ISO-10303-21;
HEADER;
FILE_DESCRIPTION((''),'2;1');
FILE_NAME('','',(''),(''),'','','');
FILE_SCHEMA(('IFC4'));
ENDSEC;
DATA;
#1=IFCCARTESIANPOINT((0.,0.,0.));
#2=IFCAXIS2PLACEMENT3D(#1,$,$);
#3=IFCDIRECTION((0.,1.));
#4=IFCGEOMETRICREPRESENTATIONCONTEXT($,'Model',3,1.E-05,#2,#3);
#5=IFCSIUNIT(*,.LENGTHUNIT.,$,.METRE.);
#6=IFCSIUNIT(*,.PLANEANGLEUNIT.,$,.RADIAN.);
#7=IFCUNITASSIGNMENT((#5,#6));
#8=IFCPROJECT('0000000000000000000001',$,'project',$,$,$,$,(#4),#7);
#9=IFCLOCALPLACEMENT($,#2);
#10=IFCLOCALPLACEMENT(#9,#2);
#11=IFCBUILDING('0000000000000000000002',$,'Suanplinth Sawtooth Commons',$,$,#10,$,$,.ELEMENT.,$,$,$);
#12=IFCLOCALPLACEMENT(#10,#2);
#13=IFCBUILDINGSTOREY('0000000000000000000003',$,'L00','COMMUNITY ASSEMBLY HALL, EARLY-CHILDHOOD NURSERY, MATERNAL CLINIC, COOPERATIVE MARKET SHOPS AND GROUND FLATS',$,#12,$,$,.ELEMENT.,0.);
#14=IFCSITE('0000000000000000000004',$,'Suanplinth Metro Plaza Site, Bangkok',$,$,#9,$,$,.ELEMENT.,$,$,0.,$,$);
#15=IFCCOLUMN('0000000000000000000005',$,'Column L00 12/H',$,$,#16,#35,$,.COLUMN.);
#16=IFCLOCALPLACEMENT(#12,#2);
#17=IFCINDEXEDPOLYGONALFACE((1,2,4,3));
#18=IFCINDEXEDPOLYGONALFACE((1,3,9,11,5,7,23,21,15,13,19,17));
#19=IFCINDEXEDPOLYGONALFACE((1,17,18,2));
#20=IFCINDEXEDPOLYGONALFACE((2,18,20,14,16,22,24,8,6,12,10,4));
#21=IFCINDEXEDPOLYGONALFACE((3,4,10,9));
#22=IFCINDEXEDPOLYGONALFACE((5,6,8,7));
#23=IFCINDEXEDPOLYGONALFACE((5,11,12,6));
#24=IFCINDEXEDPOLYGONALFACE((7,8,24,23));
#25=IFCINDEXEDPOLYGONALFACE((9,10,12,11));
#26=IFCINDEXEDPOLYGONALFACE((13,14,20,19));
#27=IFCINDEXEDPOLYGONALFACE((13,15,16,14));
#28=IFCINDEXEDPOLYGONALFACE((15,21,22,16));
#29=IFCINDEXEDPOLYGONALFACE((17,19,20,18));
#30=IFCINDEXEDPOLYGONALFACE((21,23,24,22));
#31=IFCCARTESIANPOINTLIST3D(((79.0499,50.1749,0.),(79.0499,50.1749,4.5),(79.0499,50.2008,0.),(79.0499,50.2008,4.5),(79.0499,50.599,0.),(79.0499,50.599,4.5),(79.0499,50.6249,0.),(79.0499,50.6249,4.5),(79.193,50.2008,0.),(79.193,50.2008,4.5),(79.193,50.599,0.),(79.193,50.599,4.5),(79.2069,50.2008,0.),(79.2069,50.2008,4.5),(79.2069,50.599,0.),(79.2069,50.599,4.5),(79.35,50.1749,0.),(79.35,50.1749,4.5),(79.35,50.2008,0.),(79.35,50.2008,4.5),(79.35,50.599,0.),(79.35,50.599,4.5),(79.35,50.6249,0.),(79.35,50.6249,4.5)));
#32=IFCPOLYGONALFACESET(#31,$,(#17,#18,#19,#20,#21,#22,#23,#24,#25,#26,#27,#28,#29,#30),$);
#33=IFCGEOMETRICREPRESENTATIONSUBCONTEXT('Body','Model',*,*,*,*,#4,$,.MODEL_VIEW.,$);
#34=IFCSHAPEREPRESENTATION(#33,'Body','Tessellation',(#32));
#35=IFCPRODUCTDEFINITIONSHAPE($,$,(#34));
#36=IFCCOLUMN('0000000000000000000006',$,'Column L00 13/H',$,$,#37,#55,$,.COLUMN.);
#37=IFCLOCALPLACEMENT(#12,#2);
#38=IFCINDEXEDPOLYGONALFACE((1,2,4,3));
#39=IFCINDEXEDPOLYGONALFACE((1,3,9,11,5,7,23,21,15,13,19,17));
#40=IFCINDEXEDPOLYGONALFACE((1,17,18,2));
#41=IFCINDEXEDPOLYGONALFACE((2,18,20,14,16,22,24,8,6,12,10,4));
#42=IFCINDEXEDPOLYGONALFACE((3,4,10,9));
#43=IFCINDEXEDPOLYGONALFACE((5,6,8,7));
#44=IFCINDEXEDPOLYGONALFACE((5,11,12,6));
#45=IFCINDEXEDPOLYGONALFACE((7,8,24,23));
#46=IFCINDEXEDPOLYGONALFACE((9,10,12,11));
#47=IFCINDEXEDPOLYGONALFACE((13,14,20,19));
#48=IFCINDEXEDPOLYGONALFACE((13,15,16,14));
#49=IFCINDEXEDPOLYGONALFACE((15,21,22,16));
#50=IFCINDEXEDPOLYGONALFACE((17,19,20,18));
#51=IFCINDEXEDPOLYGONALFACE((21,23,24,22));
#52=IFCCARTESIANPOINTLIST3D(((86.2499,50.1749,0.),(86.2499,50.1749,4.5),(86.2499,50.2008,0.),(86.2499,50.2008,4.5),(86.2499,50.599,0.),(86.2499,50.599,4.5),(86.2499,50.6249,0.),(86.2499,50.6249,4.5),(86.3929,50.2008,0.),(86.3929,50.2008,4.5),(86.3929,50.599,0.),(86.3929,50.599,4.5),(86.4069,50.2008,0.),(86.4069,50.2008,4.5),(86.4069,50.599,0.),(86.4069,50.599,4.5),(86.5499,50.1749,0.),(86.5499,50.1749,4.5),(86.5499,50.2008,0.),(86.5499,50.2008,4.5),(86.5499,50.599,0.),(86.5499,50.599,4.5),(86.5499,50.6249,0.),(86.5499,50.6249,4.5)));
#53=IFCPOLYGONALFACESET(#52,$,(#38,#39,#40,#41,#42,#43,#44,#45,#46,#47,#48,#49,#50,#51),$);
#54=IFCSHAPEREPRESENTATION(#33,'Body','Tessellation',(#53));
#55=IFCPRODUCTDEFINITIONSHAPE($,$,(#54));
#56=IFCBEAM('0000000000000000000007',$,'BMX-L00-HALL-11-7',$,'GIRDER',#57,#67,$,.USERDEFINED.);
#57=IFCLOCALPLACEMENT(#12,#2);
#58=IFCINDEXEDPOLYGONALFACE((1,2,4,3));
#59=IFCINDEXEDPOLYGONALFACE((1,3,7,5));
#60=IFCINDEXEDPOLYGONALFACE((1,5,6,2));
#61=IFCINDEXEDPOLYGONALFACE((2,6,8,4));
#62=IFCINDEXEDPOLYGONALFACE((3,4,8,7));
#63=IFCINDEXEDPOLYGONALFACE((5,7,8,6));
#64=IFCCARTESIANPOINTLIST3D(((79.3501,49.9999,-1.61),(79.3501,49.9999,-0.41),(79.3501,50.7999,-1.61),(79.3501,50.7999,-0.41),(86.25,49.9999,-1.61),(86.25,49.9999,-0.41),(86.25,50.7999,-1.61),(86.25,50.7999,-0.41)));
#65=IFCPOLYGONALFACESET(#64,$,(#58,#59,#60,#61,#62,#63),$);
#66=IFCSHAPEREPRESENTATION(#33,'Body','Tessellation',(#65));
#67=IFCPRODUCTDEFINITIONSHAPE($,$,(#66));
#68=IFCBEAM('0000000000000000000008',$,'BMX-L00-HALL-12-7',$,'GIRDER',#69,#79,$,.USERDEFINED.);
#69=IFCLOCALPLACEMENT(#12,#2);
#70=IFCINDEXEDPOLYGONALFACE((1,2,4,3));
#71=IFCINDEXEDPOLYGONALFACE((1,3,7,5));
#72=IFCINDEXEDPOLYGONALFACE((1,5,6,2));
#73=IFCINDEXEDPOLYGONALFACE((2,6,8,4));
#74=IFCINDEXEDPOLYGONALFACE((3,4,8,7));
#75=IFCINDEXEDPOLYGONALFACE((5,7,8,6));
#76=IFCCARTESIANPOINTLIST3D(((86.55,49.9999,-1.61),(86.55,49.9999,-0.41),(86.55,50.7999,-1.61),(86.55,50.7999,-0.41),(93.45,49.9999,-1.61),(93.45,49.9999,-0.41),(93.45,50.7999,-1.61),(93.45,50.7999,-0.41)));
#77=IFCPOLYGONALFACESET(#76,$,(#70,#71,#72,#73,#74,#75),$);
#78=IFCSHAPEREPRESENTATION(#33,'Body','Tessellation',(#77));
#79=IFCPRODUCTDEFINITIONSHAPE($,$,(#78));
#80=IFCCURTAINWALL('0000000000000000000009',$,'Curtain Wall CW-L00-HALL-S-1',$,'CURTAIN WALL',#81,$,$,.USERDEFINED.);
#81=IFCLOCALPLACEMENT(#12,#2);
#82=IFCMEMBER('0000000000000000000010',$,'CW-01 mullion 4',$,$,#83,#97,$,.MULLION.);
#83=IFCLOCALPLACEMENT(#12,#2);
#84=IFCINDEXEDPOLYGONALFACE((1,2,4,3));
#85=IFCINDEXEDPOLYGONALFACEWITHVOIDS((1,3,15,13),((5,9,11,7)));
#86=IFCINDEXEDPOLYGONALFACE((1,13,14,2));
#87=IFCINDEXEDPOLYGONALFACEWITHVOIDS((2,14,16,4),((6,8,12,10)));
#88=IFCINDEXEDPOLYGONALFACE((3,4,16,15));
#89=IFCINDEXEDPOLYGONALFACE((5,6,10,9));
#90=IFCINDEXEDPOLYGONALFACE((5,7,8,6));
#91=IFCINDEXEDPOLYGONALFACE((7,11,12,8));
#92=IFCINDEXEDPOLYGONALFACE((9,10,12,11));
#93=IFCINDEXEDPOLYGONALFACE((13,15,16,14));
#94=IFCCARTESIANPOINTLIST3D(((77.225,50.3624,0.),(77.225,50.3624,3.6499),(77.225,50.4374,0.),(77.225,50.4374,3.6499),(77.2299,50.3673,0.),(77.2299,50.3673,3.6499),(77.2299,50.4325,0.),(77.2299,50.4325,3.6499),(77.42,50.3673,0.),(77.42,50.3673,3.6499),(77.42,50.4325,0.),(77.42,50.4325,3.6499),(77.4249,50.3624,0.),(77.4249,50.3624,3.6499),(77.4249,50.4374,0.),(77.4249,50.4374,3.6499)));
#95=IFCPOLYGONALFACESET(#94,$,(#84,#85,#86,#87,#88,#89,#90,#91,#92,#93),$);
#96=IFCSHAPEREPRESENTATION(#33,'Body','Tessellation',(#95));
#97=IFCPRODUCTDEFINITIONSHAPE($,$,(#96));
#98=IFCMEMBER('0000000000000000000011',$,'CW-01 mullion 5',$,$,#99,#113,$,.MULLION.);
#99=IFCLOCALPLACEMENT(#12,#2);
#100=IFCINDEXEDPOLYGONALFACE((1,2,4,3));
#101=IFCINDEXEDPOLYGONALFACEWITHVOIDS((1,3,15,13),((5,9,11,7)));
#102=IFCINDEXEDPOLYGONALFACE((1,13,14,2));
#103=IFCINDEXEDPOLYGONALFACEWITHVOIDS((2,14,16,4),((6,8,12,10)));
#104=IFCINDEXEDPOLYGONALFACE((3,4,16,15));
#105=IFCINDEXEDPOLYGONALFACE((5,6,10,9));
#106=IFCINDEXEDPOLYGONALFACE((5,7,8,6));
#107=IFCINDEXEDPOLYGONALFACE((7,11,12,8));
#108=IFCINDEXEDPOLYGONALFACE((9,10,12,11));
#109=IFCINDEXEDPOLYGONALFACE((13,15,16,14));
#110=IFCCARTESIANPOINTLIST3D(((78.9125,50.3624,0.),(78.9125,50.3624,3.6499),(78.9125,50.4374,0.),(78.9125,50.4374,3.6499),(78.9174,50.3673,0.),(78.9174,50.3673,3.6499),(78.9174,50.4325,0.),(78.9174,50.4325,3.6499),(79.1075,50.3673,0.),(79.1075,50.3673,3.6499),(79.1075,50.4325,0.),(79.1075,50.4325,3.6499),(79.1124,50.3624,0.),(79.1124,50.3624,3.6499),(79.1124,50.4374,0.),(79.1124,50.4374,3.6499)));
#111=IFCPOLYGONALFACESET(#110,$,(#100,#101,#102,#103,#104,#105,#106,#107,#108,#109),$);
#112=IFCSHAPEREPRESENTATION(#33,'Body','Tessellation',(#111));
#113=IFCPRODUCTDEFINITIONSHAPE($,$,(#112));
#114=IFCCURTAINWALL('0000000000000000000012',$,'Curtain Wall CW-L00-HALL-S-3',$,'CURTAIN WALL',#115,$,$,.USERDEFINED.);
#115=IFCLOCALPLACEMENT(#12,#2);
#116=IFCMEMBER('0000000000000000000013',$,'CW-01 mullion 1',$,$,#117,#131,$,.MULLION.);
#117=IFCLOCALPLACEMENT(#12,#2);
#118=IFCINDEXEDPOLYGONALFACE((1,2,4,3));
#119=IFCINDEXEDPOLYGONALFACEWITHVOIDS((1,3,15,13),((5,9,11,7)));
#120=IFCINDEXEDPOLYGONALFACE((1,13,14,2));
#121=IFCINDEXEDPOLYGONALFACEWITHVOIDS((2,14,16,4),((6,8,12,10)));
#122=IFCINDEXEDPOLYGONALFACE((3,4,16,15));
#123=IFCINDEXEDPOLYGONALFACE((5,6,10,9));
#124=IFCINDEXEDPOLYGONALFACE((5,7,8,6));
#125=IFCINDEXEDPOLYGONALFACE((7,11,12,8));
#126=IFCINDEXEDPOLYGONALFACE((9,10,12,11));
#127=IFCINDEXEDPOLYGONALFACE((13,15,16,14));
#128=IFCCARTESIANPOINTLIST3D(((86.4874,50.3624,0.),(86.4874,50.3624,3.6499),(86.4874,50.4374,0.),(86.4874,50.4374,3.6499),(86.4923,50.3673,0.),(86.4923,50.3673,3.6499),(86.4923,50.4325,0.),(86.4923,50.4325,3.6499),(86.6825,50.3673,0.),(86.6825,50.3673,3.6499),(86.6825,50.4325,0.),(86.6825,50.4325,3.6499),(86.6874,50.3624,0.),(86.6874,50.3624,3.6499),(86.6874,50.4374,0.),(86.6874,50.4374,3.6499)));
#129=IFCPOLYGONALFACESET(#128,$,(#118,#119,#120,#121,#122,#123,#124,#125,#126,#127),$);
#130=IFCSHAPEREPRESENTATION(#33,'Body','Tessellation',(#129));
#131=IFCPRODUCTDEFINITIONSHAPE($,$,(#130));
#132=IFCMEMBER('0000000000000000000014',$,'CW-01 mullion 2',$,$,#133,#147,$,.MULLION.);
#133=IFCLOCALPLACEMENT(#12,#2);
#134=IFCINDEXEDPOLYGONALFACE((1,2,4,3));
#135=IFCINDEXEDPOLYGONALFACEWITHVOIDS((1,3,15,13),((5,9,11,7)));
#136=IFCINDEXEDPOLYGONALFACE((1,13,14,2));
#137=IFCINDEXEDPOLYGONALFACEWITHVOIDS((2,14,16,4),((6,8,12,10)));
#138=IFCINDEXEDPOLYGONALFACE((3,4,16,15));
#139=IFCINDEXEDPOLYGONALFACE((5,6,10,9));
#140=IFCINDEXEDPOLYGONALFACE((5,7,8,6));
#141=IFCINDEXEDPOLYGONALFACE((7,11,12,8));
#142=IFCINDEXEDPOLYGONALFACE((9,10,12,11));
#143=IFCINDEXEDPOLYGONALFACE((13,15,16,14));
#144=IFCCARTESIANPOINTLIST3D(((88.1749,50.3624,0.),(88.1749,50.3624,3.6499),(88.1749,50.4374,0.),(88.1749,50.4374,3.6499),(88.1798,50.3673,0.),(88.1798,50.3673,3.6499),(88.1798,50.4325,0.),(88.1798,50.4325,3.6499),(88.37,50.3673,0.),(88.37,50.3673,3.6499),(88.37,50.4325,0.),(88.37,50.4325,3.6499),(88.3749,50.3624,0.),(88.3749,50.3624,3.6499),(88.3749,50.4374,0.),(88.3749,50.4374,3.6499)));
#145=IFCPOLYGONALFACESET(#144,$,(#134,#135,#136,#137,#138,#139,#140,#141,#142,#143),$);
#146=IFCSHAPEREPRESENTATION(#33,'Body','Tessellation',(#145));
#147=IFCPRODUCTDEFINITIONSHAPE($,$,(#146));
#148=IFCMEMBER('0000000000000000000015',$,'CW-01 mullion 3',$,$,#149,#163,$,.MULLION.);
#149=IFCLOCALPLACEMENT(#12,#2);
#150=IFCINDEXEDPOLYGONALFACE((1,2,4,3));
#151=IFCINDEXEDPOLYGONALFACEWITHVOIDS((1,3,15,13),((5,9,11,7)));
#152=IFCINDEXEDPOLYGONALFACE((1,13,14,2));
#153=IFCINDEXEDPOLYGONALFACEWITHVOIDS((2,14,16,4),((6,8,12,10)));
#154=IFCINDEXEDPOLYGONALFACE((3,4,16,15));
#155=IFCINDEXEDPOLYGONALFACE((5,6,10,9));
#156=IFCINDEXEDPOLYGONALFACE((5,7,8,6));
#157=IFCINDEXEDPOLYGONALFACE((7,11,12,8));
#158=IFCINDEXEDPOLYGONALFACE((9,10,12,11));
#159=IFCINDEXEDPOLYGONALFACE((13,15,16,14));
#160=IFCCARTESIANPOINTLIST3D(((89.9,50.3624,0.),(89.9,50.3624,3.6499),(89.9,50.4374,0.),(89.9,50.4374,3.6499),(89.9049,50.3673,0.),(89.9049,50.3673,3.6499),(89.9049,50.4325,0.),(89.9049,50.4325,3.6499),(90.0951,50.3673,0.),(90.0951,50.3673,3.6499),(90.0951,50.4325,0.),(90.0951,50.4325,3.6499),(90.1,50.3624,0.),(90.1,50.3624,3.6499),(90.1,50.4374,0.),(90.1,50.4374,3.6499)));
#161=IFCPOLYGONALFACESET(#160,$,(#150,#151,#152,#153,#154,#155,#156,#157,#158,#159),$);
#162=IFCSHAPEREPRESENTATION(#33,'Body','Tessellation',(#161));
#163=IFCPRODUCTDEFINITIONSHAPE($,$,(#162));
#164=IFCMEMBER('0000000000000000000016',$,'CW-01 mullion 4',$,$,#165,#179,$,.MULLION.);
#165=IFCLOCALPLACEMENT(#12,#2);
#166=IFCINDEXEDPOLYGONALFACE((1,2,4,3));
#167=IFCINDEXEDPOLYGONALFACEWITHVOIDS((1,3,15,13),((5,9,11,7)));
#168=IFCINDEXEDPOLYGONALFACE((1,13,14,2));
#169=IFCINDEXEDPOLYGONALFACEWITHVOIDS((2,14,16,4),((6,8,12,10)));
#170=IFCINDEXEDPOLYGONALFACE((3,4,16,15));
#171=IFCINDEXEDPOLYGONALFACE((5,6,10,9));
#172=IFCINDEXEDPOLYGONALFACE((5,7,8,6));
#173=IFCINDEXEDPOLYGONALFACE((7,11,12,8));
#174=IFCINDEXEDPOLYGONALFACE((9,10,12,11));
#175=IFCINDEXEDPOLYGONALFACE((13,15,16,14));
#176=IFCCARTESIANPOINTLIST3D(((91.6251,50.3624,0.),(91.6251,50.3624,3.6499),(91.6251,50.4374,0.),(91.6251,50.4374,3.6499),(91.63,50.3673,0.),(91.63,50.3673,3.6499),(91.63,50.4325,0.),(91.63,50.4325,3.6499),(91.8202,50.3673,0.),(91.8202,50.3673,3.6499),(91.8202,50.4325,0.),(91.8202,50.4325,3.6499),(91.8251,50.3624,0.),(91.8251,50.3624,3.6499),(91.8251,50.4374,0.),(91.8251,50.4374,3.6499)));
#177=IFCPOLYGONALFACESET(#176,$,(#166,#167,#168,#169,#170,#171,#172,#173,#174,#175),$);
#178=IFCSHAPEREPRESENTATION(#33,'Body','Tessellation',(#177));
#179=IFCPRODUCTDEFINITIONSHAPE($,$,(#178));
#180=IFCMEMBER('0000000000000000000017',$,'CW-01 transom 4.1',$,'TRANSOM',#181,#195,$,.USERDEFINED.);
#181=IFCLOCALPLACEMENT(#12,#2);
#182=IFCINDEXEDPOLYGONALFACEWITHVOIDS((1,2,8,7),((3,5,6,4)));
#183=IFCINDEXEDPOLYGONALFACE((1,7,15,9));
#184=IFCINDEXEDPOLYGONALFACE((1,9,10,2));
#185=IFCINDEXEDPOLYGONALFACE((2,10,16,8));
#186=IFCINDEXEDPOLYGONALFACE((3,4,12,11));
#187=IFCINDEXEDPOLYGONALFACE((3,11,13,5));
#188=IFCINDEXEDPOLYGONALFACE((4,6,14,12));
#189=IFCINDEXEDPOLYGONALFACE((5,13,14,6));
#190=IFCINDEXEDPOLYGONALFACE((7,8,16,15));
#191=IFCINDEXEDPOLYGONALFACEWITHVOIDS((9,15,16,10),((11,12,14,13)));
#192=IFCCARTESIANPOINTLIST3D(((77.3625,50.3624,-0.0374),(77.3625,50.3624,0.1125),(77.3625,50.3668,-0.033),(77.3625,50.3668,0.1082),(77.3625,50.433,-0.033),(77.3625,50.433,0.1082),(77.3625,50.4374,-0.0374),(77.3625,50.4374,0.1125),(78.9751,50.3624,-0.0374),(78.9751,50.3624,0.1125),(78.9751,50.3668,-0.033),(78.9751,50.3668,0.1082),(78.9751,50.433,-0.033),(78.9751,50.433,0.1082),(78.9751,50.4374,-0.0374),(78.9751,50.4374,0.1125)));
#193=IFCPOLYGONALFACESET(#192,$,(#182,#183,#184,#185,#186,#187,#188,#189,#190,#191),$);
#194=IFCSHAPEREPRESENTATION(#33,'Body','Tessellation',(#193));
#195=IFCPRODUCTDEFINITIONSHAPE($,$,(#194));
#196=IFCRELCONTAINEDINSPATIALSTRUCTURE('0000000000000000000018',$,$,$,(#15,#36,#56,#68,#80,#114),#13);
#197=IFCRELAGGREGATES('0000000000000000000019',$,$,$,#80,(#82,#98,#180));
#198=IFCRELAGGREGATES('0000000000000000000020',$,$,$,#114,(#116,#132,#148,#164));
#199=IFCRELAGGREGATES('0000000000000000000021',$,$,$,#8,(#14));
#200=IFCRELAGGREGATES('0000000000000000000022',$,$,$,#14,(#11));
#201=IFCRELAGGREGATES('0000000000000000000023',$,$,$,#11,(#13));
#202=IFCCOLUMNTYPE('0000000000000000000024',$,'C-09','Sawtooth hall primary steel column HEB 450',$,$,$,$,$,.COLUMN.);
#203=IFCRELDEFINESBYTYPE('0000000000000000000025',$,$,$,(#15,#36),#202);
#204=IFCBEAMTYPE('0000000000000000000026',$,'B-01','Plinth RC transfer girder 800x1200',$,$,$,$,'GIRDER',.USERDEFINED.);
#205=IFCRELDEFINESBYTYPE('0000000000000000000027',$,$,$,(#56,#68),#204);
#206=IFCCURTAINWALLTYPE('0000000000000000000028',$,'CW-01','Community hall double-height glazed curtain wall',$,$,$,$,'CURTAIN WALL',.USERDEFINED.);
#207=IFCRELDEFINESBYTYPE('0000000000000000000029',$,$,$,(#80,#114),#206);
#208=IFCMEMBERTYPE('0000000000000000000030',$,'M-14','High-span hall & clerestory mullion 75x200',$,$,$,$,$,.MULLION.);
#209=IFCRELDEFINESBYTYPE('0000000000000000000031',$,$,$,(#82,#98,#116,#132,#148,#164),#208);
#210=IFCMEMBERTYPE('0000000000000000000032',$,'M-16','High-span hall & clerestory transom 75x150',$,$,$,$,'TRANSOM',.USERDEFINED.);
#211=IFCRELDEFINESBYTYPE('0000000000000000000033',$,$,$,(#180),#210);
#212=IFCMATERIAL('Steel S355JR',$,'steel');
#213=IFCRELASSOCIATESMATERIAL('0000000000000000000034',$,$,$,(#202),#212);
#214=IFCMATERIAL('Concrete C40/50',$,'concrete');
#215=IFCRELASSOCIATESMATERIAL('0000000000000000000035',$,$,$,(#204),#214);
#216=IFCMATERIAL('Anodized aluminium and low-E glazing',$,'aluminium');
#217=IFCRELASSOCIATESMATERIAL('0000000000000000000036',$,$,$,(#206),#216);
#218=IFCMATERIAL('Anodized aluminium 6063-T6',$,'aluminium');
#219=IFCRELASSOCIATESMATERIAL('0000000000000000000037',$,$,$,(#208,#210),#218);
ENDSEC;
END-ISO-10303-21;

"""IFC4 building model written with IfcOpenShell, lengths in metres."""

from ifc_helpers import new_model, si_unit, direction, frame, origin, origin_2d, place, context, subcontext, project, spatial, rectangle, hollow_rectangle, i_section, extrude, material, material_profile, profile_set, type_object, element, aggregate, save


model = new_model("IFC4")

# Units and contexts
model_context = context("Model", 3, precision=1e-05, world=origin(), true_north=direction((0.0, 1.0)))
body_context = subcontext(model_context, "Body", "Model", "MODEL_VIEW")
ifc_project = project(units=[si_unit("LENGTHUNIT", "METRE"), si_unit("PLANEANGLEUNIT", "RADIAN")], contexts=[model_context])

# Site, building, storey
site_placement = place(None, origin())
site = spatial("IfcSite", under=ifc_project, at=site_placement, Name="Suanplinth Metro Plaza Site, Bangkok", CompositionType="ELEMENT", RefElevation=0.0)
building_placement = place(site_placement, origin())
building = spatial("IfcBuilding", under=site, at=building_placement, Name="Suanplinth Sawtooth Commons", CompositionType="ELEMENT")
storey_placement = place(building_placement, origin())
storey = spatial("IfcBuildingStorey", under=building, at=storey_placement, Name="L00", Description="COMMUNITY ASSEMBLY HALL, EARLY-CHILDHOOD NURSERY, MATERNAL CLINIC, COOPERATIVE MARKET SHOPS AND GROUND FLATS", CompositionType="ELEMENT", Elevation=0.0)

# Columns
ifc_material_1 = material(Name="Steel S355JR", Category="steel")
ifc_material_profile_1 = material_profile(ifc_material_1, i_section(OverallWidth=0.3, OverallDepth=0.45, WebThickness=0.0139, FlangeThickness=0.0259, at=origin_2d()), Name="HEB 450")
ifc_profile_set_1 = profile_set([ifc_material_profile_1], Name="Steel S355JR")
column_type = type_object("IfcColumnType", Name="C-09", Description="Sawtooth hall primary steel column HEB 450", PredefinedType="COLUMN", material=ifc_profile_set_1)
for number, where, z_axis, x_axis, name in (
    (1, (79.2, 50.3999, 0.0), (0.0, 0.0, 1.0), (1.0, 0.0, 0.0), "Column L00 12/H"),
    (2, (86.3999, 50.3999, 0.0), (0.0, 0.0, 1.0), (1.0, 0.0, 0.0), "Column L00 13/H"),
):
    element("IfcColumn", number, at=place(storey_placement, frame(where, z_axis=z_axis, x_axis=x_axis)), inside=storey, type_object=column_type, Name=name, PredefinedType="COLUMN", context=body_context, shape_type="SweptSolid", body=[
        extrude(i_section(OverallWidth=0.3, OverallDepth=0.45, WebThickness=0.0139, FlangeThickness=0.0259, at=origin_2d()), origin(), (0.0, 0.0, 1.0), 4.5),
    ])

# Beams
ifc_material_2 = material(Name="Concrete C40/50", Category="concrete")
ifc_material_profile_2 = material_profile(ifc_material_2, rectangle(XDim=0.8, YDim=1.2, at=origin_2d()), Name="RC-TG 800x1200")
ifc_profile_set_2 = profile_set([ifc_material_profile_2], Name="Concrete C40/50")
beam_type = type_object("IfcBeamType", Name="B-01", Description="Plinth RC transfer girder 800x1200", ElementType="GIRDER", PredefinedType="USERDEFINED", material=ifc_profile_set_2)
for number, where, z_axis, x_axis, name in (
    (3, (79.3501, 50.3999, -1.01), (1.0, 0.0, 0.0), (0.0, 1.0, 0.0), "BMX-L00-HALL-11-7"),
    (4, (86.55, 50.3999, -1.01), (1.0, 0.0, 0.0), (0.0, 1.0, 0.0), "BMX-L00-HALL-12-7"),
):
    element("IfcBeam", number, at=place(storey_placement, frame(where, z_axis=z_axis, x_axis=x_axis)), inside=storey, type_object=beam_type, Name=name, ObjectType="GIRDER", PredefinedType="USERDEFINED", context=body_context, shape_type="SweptSolid", body=[
        extrude(rectangle(XDim=0.8, YDim=1.2, at=origin_2d()), origin(), (0.0, 0.0, 1.0), 6.8999),
    ])

# Curtain walls, members
ifc_material_3 = material(Name="Anodized aluminium and low-E glazing", Category="aluminium")
curtain_wall_type = type_object("IfcCurtainWallType", Name="CW-01", Description="Community hall double-height glazed curtain wall", ElementType="CURTAIN WALL", PredefinedType="USERDEFINED", material=ifc_material_3)
curtain_wall_1_placement = place(storey_placement, origin())
curtain_wall_1 = element("IfcCurtainWall", 5, at=curtain_wall_1_placement, inside=storey, type_object=curtain_wall_type, Name="Curtain Wall CW-L00-HALL-S-1", ObjectType="CURTAIN WALL", PredefinedType="USERDEFINED")
ifc_material_4 = material(Name="Anodized aluminium 6063-T6", Category="aluminium")
ifc_material_profile_3 = material_profile(ifc_material_4, hollow_rectangle(XDim=0.075, YDim=0.2, WallThickness=0.0049, at=origin_2d()), Name="ALU-MUL 75x200")
ifc_profile_set_3 = profile_set([ifc_material_profile_3], Name="Anodized aluminium 6063-T6")
member_type_1 = type_object("IfcMemberType", Name="M-14", Description="High-span hall & clerestory mullion 75x200", PredefinedType="MULLION", material=ifc_profile_set_3)
member_1_placement = place(storey_placement, frame((77.325, 50.3999, 0.0), z_axis=(0.0, 0.0, 1.0), x_axis=(0.0, 1.0, 0.0)))
member_1 = element("IfcMember", 6, at=member_1_placement, type_object=member_type_1, Name="CW-01 mullion 4", PredefinedType="MULLION", context=body_context, shape_type="SweptSolid", body=[
    extrude(hollow_rectangle(XDim=0.075, YDim=0.2, WallThickness=0.0049, at=origin_2d()), origin(), (0.0, 0.0, 1.0), 3.6499),
])
member_2_placement = place(storey_placement, frame((79.0125, 50.3999, 0.0), z_axis=(0.0, 0.0, 1.0), x_axis=(0.0, 1.0, 0.0)))
member_2 = element("IfcMember", 7, at=member_2_placement, type_object=member_type_1, Name="CW-01 mullion 5", PredefinedType="MULLION", context=body_context, shape_type="SweptSolid", body=[
    extrude(hollow_rectangle(XDim=0.075, YDim=0.2, WallThickness=0.0049, at=origin_2d()), origin(), (0.0, 0.0, 1.0), 3.6499),
])
curtain_wall_2_placement = place(storey_placement, origin())
curtain_wall_2 = element("IfcCurtainWall", 8, at=curtain_wall_2_placement, inside=storey, type_object=curtain_wall_type, Name="Curtain Wall CW-L00-HALL-S-3", ObjectType="CURTAIN WALL", PredefinedType="USERDEFINED")
member_3_placement = place(storey_placement, frame((86.5874, 50.3999, 0.0), z_axis=(0.0, 0.0, 1.0), x_axis=(0.0, 1.0, 0.0)))
member_3 = element("IfcMember", 9, at=member_3_placement, type_object=member_type_1, Name="CW-01 mullion 1", PredefinedType="MULLION", context=body_context, shape_type="SweptSolid", body=[
    extrude(hollow_rectangle(XDim=0.075, YDim=0.2, WallThickness=0.0049, at=origin_2d()), origin(), (0.0, 0.0, 1.0), 3.6499),
])
member_4_placement = place(storey_placement, frame((88.2749, 50.3999, 0.0), z_axis=(0.0, 0.0, 1.0), x_axis=(0.0, 1.0, 0.0)))
member_4 = element("IfcMember", 10, at=member_4_placement, type_object=member_type_1, Name="CW-01 mullion 2", PredefinedType="MULLION", context=body_context, shape_type="SweptSolid", body=[
    extrude(hollow_rectangle(XDim=0.075, YDim=0.2, WallThickness=0.0049, at=origin_2d()), origin(), (0.0, 0.0, 1.0), 3.6499),
])
member_5_placement = place(storey_placement, frame((90.0, 50.3999, 0.0), z_axis=(0.0, 0.0, 1.0), x_axis=(0.0, 1.0, 0.0)))
member_5 = element("IfcMember", 11, at=member_5_placement, type_object=member_type_1, Name="CW-01 mullion 3", PredefinedType="MULLION", context=body_context, shape_type="SweptSolid", body=[
    extrude(hollow_rectangle(XDim=0.075, YDim=0.2, WallThickness=0.0049, at=origin_2d()), origin(), (0.0, 0.0, 1.0), 3.6499),
])
member_6_placement = place(storey_placement, frame((91.7251, 50.3999, 0.0), z_axis=(0.0, 0.0, 1.0), x_axis=(0.0, 1.0, 0.0)))
member_6 = element("IfcMember", 12, at=member_6_placement, type_object=member_type_1, Name="CW-01 mullion 4", PredefinedType="MULLION", context=body_context, shape_type="SweptSolid", body=[
    extrude(hollow_rectangle(XDim=0.075, YDim=0.2, WallThickness=0.0049, at=origin_2d()), origin(), (0.0, 0.0, 1.0), 3.6499),
])

# Member
ifc_material_profile_4 = material_profile(ifc_material_4, hollow_rectangle(XDim=0.075, YDim=0.1499, WallThickness=0.0044, at=origin_2d()), Name="ALU-TRN 75x150")
ifc_profile_set_4 = profile_set([ifc_material_profile_4], Name="Anodized aluminium 6063-T6")
member_type_2 = type_object("IfcMemberType", Name="M-16", Description="High-span hall & clerestory transom 75x150", ElementType="TRANSOM", PredefinedType="USERDEFINED", material=ifc_profile_set_4)
member_7_placement = place(storey_placement, frame((77.3625, 50.3999, 0.0376), z_axis=(1.0, 0.0, 0.0), x_axis=(0.0, 1.0, 0.0)))
member_7 = element("IfcMember", 13, at=member_7_placement, type_object=member_type_2, Name="CW-01 transom 4.1", ObjectType="TRANSOM", PredefinedType="USERDEFINED", context=body_context, shape_type="SweptSolid", body=[
    extrude(hollow_rectangle(XDim=0.075, YDim=0.1499, WallThickness=0.0044, at=origin_2d()), origin(), (0.0, 0.0, 1.0), 1.6125),
])

aggregate(curtain_wall_1, [member_1, member_2, member_7])
aggregate(curtain_wall_2, [member_3, member_4, member_5, member_6])

save(model, "model.ifc")
